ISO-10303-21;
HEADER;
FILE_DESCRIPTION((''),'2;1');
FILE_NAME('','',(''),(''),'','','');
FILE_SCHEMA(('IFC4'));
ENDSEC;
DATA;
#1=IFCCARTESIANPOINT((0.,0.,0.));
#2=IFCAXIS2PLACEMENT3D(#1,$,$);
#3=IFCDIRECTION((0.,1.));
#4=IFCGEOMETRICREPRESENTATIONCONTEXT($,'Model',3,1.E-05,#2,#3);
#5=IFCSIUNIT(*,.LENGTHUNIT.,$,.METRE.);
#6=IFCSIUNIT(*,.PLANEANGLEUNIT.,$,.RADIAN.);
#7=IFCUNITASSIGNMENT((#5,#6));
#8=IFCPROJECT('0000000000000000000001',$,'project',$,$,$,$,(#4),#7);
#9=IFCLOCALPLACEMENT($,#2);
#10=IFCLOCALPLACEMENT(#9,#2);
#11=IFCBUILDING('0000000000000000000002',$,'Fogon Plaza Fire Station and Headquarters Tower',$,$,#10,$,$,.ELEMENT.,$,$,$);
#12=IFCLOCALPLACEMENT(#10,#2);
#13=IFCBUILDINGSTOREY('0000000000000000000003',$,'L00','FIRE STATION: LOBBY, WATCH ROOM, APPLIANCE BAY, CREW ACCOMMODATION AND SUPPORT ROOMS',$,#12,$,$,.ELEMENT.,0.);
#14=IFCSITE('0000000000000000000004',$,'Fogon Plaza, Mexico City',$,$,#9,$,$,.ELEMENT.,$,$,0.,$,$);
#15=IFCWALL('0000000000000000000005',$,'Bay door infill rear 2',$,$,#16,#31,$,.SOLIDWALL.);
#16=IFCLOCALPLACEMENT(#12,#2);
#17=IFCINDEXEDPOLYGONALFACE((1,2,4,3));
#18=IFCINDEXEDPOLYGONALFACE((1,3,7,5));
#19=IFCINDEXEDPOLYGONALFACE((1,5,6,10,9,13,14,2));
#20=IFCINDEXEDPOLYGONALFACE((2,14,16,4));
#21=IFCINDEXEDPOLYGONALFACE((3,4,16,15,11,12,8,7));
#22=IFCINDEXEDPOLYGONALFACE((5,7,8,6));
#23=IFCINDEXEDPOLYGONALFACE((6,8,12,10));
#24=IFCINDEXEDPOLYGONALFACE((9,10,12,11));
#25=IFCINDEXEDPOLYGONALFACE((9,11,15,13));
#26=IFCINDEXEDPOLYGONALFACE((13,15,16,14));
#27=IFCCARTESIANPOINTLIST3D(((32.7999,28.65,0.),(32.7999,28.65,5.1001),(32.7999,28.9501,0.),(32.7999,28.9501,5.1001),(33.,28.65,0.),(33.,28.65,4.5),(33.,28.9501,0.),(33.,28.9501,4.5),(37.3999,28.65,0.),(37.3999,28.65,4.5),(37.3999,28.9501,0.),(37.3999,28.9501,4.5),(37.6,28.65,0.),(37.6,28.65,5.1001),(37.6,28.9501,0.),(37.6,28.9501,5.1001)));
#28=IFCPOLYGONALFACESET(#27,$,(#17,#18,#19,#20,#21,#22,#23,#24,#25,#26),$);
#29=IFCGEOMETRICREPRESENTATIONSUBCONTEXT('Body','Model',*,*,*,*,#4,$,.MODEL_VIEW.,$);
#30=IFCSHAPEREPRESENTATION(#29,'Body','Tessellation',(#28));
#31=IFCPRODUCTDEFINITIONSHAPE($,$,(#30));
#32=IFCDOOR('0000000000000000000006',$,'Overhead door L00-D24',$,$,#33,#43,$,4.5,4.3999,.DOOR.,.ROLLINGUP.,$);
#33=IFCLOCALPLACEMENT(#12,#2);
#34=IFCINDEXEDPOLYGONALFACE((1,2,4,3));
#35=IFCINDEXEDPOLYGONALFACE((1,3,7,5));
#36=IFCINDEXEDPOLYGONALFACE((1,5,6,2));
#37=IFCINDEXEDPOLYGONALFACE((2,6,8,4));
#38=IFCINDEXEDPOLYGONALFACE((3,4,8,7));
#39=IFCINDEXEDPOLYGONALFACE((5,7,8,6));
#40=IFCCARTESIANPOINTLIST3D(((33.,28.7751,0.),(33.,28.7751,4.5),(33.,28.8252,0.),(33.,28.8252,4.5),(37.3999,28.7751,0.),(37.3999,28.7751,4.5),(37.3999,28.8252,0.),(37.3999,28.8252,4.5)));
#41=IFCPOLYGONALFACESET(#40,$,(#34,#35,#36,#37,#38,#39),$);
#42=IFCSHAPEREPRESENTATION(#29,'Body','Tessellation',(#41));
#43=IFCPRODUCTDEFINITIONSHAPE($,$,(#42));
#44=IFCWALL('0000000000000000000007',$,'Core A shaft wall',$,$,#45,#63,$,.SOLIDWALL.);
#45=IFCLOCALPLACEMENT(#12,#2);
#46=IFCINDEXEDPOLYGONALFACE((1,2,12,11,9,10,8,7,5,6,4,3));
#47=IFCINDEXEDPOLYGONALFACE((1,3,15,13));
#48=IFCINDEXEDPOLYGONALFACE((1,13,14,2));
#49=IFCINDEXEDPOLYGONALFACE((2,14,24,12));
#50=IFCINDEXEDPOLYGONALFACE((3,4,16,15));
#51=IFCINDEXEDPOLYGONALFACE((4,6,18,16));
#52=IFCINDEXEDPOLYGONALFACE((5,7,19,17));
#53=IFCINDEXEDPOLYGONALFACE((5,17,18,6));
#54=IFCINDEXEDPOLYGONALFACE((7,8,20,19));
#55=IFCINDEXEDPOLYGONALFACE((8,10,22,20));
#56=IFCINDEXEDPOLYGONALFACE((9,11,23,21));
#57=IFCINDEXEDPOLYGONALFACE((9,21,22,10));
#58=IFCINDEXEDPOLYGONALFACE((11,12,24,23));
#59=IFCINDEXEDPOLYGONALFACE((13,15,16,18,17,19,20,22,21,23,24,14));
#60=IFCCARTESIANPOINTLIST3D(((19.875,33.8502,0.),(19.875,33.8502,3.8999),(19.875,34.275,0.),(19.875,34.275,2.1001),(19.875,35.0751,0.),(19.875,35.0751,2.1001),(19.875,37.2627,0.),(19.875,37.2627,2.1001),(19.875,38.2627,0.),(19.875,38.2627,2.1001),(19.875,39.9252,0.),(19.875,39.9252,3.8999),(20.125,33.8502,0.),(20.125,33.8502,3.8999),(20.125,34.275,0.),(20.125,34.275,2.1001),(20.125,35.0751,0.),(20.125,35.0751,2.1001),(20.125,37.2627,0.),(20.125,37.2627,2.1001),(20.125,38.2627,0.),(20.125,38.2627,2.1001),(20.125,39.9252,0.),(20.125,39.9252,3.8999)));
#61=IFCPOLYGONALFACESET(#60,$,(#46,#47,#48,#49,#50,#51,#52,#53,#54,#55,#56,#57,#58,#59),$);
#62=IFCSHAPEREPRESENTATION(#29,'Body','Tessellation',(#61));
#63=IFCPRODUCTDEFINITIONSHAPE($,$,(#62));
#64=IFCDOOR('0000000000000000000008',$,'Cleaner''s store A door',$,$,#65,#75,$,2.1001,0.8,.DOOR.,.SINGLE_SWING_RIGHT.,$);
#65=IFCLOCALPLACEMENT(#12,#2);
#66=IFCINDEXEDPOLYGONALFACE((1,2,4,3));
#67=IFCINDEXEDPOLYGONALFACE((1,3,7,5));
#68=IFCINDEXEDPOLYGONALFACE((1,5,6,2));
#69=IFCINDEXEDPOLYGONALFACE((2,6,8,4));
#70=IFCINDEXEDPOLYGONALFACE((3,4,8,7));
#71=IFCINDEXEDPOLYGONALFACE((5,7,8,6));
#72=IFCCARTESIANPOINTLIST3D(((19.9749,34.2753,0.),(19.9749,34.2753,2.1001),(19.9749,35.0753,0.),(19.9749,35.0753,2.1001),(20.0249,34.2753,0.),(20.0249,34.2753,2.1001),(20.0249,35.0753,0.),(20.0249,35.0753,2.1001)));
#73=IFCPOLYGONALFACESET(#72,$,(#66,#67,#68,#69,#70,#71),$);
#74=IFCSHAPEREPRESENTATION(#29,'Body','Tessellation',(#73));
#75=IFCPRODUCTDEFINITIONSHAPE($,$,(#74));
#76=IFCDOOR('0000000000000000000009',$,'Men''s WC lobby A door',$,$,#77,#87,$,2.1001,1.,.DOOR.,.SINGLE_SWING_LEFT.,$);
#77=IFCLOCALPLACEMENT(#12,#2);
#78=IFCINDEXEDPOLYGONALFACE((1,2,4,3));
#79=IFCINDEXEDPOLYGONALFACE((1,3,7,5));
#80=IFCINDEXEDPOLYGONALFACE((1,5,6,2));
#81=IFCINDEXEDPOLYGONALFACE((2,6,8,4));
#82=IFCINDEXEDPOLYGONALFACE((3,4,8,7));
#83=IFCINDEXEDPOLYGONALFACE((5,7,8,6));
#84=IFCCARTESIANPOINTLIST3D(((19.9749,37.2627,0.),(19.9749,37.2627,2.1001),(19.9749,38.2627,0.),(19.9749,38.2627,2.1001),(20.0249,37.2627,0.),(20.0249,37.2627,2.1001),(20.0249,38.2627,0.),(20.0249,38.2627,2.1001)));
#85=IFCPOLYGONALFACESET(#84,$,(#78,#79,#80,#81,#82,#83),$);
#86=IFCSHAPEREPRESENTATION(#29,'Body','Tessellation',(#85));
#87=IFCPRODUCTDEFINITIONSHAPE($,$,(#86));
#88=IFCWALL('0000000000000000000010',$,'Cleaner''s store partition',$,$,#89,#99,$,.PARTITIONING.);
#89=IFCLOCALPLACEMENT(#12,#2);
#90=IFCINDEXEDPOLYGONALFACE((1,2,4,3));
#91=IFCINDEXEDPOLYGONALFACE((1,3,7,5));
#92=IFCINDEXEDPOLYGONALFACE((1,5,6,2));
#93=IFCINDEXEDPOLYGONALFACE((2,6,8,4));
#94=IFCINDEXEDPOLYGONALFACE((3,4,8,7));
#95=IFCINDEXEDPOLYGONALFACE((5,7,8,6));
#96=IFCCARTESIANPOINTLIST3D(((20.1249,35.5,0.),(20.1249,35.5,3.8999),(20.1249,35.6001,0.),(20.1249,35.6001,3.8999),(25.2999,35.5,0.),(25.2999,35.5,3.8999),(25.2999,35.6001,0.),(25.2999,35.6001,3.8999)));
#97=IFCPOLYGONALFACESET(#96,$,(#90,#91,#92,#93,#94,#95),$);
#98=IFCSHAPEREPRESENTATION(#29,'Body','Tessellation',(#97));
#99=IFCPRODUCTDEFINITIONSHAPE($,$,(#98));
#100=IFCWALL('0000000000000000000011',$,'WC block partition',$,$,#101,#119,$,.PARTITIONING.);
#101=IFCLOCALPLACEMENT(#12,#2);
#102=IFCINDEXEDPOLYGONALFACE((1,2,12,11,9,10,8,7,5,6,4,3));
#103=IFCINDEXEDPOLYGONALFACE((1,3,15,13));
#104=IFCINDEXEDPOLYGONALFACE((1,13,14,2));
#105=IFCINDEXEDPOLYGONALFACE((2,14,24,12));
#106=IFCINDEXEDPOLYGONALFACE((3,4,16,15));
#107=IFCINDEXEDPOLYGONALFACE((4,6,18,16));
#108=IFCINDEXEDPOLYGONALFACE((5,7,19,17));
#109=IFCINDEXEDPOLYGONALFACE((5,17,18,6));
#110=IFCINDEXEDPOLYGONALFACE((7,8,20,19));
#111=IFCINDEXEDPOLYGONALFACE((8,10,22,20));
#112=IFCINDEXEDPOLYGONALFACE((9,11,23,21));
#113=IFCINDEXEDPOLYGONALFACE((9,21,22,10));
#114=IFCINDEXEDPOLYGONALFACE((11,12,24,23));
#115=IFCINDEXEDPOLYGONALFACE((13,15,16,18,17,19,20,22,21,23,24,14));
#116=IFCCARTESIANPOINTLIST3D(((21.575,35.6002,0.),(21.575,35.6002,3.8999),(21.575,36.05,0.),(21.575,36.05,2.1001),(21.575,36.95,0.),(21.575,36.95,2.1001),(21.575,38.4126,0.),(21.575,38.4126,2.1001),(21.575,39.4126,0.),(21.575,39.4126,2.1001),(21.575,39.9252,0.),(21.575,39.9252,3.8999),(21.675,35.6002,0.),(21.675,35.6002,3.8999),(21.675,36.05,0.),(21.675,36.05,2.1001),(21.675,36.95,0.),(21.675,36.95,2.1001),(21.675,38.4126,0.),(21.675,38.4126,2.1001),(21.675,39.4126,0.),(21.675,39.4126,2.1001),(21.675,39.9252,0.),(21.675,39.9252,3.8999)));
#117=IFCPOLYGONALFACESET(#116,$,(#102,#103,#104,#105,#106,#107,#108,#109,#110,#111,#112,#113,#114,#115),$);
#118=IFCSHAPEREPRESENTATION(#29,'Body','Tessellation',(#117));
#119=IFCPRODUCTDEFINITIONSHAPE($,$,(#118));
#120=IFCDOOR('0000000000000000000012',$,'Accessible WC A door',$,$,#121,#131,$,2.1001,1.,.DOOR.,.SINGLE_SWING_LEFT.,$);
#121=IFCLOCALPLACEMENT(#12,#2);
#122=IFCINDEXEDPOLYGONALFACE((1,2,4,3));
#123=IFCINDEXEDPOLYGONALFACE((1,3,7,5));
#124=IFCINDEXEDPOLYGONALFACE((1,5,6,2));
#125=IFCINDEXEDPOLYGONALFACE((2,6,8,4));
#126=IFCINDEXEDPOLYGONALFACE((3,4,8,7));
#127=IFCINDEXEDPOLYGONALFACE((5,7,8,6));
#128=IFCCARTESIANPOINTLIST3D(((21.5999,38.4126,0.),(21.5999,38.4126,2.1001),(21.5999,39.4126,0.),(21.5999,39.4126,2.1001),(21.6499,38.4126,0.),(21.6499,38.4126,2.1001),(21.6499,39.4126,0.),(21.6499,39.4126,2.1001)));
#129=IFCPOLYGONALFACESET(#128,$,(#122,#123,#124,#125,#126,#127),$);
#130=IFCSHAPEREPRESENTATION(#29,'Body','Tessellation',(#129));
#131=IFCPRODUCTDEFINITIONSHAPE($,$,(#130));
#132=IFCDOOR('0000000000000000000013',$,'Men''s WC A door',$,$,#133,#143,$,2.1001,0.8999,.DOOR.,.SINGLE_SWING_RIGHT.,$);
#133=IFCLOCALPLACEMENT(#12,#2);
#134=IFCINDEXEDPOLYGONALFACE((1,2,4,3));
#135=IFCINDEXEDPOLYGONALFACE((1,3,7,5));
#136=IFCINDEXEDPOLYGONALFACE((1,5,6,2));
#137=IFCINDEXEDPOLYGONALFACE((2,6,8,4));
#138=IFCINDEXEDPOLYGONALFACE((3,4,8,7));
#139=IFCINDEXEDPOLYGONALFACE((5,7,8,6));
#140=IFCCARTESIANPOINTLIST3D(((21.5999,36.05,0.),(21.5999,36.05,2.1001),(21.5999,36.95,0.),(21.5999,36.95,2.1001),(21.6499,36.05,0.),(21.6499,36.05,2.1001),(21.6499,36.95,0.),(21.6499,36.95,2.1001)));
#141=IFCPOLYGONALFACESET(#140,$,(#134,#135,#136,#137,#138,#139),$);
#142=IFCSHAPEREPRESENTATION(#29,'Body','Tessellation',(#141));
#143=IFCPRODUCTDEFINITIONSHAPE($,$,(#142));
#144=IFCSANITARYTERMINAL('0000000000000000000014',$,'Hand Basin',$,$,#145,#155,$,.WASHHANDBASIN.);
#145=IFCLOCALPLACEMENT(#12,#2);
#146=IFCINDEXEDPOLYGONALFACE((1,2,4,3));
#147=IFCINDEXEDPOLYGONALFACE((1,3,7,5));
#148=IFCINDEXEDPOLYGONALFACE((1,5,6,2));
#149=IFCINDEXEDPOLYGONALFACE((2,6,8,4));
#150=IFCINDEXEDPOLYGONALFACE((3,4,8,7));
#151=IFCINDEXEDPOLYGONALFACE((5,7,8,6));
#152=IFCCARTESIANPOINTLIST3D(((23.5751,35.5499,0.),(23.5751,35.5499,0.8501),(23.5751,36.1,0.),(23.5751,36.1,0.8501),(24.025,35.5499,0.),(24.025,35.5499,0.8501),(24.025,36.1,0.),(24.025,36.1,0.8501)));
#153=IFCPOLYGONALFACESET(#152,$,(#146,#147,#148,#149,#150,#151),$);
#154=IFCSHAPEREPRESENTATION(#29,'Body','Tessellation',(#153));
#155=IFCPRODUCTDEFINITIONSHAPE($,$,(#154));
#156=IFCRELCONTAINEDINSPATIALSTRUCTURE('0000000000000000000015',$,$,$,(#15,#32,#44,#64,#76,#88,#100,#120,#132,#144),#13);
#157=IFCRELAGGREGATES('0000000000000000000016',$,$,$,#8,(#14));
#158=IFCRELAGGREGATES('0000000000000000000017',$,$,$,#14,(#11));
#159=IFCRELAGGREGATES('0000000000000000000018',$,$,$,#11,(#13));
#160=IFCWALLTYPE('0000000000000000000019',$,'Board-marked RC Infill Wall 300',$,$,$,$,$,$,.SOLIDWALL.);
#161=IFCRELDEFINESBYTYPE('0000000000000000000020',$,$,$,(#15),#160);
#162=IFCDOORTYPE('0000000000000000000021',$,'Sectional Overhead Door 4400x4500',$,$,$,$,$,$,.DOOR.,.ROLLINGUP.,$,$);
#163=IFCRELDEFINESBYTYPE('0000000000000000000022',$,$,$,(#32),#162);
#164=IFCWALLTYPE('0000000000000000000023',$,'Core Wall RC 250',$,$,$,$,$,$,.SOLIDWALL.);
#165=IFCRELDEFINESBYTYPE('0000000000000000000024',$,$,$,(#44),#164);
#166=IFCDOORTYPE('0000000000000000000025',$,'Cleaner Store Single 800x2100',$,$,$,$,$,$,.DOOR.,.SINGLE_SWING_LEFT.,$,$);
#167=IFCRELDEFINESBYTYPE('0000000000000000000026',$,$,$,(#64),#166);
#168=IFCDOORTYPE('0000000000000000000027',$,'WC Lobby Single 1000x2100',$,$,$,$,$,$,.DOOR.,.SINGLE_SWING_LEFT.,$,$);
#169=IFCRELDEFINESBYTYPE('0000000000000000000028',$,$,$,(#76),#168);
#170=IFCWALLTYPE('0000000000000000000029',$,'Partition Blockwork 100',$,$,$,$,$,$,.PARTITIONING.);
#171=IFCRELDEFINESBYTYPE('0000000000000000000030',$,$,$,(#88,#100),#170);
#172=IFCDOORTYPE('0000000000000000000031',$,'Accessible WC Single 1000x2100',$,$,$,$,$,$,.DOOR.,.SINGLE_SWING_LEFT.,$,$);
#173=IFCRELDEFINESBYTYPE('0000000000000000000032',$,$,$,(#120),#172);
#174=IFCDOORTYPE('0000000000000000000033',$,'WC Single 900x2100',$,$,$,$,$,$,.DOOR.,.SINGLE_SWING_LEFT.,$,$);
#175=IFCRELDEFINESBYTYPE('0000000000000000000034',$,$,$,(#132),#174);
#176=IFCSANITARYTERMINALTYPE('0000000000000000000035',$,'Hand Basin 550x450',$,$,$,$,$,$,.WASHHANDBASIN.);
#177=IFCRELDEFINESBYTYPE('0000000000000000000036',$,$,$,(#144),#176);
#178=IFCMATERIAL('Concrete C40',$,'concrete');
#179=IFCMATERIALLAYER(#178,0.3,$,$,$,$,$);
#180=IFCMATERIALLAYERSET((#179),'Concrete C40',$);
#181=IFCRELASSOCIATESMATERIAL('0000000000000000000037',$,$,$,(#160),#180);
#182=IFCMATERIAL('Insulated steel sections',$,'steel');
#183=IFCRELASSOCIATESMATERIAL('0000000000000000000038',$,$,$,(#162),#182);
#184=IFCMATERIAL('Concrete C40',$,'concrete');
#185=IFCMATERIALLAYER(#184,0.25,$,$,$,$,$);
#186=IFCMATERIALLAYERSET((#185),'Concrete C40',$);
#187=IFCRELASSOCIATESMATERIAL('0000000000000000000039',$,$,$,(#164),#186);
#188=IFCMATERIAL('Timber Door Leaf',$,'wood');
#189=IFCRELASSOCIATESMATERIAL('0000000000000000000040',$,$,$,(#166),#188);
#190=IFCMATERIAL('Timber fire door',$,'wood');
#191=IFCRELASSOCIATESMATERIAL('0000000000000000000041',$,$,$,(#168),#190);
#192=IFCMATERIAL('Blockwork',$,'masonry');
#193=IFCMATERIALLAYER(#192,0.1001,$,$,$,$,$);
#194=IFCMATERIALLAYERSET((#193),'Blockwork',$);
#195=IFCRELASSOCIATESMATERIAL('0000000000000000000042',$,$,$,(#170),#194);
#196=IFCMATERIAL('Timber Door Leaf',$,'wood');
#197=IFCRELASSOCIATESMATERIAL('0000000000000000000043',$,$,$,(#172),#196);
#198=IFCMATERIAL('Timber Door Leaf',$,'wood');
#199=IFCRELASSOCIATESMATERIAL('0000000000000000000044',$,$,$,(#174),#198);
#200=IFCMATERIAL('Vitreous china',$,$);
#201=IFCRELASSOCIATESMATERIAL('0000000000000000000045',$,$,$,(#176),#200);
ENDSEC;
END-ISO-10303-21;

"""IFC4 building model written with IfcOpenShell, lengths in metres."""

from ifc_helpers import new_model, si_unit, direction, frame, frame_2d, origin, origin_2d, place, context, subcontext, project, spatial, rectangle, extrude, material, layer, layer_set, type_object, element, fill, save


model = new_model("IFC4")

# Units and contexts
model_context = context("Model", 3, precision=1e-05, world=origin(), true_north=direction((0.0, 1.0)))
body_context = subcontext(model_context, "Body", "Model", "MODEL_VIEW")
ifc_project = project(units=[si_unit("LENGTHUNIT", "METRE"), si_unit("PLANEANGLEUNIT", "RADIAN")], contexts=[model_context])

# Site, building, storey
site_placement = place(None, origin())
site = spatial("IfcSite", under=ifc_project, at=site_placement, Name="Fogon Plaza, Mexico City", CompositionType="ELEMENT", RefElevation=0.0)
building_placement = place(site_placement, origin())
building = spatial("IfcBuilding", under=site, at=building_placement, Name="Fogon Plaza Fire Station and Headquarters Tower", CompositionType="ELEMENT")
storey_placement = place(building_placement, origin())
storey = spatial("IfcBuildingStorey", under=building, at=storey_placement, Name="L00", Description="FIRE STATION: LOBBY, WATCH ROOM, APPLIANCE BAY, CREW ACCOMMODATION AND SUPPORT ROOMS", CompositionType="ELEMENT", Elevation=0.0)

# Wall, opening, door
ifc_material_1 = material(Name="Concrete C40", Category="concrete")
ifc_layer_1 = layer(ifc_material_1, 0.3)
ifc_layer_set_1 = layer_set([ifc_layer_1], Name="Concrete C40")
wall_type_1 = type_object("IfcWallType", Name="Board-marked RC Infill Wall 300", PredefinedType="SOLIDWALL", material=ifc_layer_set_1)
wall_1_placement = place(storey_placement, frame((32.8, 28.8, 0.0), z_axis=(0.0, 0.0, 1.0), x_axis=(1.0, 0.0, 0.0)))
wall_1 = element("IfcWall", 1, at=wall_1_placement, inside=storey, type_object=wall_type_1, Name="Bay door infill rear 2", PredefinedType="SOLIDWALL", context=body_context, shape_type="SweptSolid", body=[
    extrude(rectangle(XDim=4.8, YDim=0.3, at=frame_2d((2.3999, 0.0))), origin(), (0.0, 0.0, 1.0), 5.1001),
])
opening_1_placement = place(wall_1_placement, frame((0.2, 0.0, 0.0)))
opening_1 = element("IfcOpeningElement", 2, at=opening_1_placement, cuts=wall_1, PredefinedType="OPENING", context=body_context, shape_type="SweptSolid", body=[
    extrude(rectangle(XDim=4.3999, YDim=4.5, at=frame_2d((2.2, 2.25))), frame((0.0, 0.1599, 0.0), z_axis=(0.0, -1.0, 0.0), x_axis=(1.0, 0.0, 0.0)), (0.0, 0.0, 1.0), 0.3201),
])
ifc_material_2 = material(Name="Insulated steel sections", Category="steel")
door_type_1 = type_object("IfcDoorType", Name="Sectional Overhead Door 4400x4500", OperationType="ROLLINGUP", PredefinedType="DOOR", material=ifc_material_2)
door_1_placement = place(opening_1_placement, frame((4.3999, 0.0, 0.0), z_axis=(0.0, 0.0, 1.0), x_axis=(-1.0, 0.0, 0.0)))
door_1 = element("IfcDoor", 3, at=door_1_placement, inside=storey, type_object=door_type_1, Name="Overhead door L00-D24", OperationType="ROLLINGUP", OverallHeight=4.5, OverallWidth=4.3999, PredefinedType="DOOR", context=body_context, shape_type="SweptSolid", body=[
    extrude(rectangle(XDim=4.3999, YDim=4.5, at=frame_2d((2.2, 2.25))), frame((0.0, 0.0249, 0.0), z_axis=(0.0, -1.0, 0.0), x_axis=(1.0, 0.0, 0.0)), (0.0, 0.0, 1.0), 0.05),
])
fill(opening_1, door_1)

# Wall, openings, doors
ifc_material_3 = material(Name="Concrete C40", Category="concrete")
ifc_layer_2 = layer(ifc_material_3, 0.25)
ifc_layer_set_2 = layer_set([ifc_layer_2], Name="Concrete C40")
wall_type_2 = type_object("IfcWallType", Name="Core Wall RC 250", PredefinedType="SOLIDWALL", material=ifc_layer_set_2)
wall_2_placement = place(storey_placement, frame((20.0, 33.8501, 0.0), z_axis=(0.0, 0.0, 1.0), x_axis=(0.0, 1.0, 0.0)))
wall_2 = element("IfcWall", 4, at=wall_2_placement, inside=storey, type_object=wall_type_2, Name="Core A shaft wall", PredefinedType="SOLIDWALL", context=body_context, shape_type="SweptSolid", body=[
    extrude(rectangle(XDim=6.075, YDim=0.25, at=frame_2d((3.0376, 0.0))), origin(), (0.0, 0.0, 1.0), 3.8999),
])
opening_2_placement = place(wall_2_placement, frame((0.425, 0.0, 0.0)))
opening_2 = element("IfcOpeningElement", 5, at=opening_2_placement, cuts=wall_2, PredefinedType="OPENING", context=body_context, shape_type="SweptSolid", body=[
    extrude(rectangle(XDim=0.8, YDim=2.1001, at=frame_2d((0.3999, 1.05))), frame((0.0, 0.135, 0.0), z_axis=(0.0, -1.0, 0.0), x_axis=(1.0, 0.0, 0.0)), (0.0, 0.0, 1.0), 0.27),
])
opening_3_placement = place(wall_2_placement, frame((3.4126, 0.0, 0.0)))
opening_3 = element("IfcOpeningElement", 6, at=opening_3_placement, cuts=wall_2, PredefinedType="OPENING", context=body_context, shape_type="SweptSolid", body=[
    extrude(rectangle(XDim=1.0, YDim=2.1001, at=frame_2d((0.5, 1.05))), frame((0.0, 0.135, 0.0), z_axis=(0.0, -1.0, 0.0), x_axis=(1.0, 0.0, 0.0)), (0.0, 0.0, 1.0), 0.27),
])
ifc_material_4 = material(Name="Timber Door Leaf", Category="wood")
door_type_2 = type_object("IfcDoorType", Name="Cleaner Store Single 800x2100", OperationType="SINGLE_SWING_LEFT", PredefinedType="DOOR", material=ifc_material_4)
door_2_placement = place(opening_2_placement, frame((0.8, 0.0, 0.0), z_axis=(0.0, 0.0, 1.0), x_axis=(-1.0, 0.0, 0.0)))
door_2 = element("IfcDoor", 7, at=door_2_placement, inside=storey, type_object=door_type_2, Name="Cleaner's store A door", OperationType="SINGLE_SWING_RIGHT", OverallHeight=2.1001, OverallWidth=0.8, PredefinedType="DOOR", context=body_context, shape_type="SweptSolid", body=[
    extrude(rectangle(XDim=0.8, YDim=2.1001, at=frame_2d((0.3999, 1.05))), frame((0.0, 0.0249, 0.0), z_axis=(0.0, -1.0, 0.0), x_axis=(1.0, 0.0, 0.0)), (0.0, 0.0, 1.0), 0.05),
])
fill(opening_2, door_2)
ifc_material_5 = material(Name="Timber fire door", Category="wood")
door_type_3 = type_object("IfcDoorType", Name="WC Lobby Single 1000x2100", OperationType="SINGLE_SWING_LEFT", PredefinedType="DOOR", material=ifc_material_5)
door_3_placement = place(opening_3_placement, frame((1.0, 0.0, 0.0), z_axis=(0.0, 0.0, 1.0), x_axis=(-1.0, 0.0, 0.0)))
door_3 = element("IfcDoor", 8, at=door_3_placement, inside=storey, type_object=door_type_3, Name="Men's WC lobby A door", OperationType="SINGLE_SWING_LEFT", OverallHeight=2.1001, OverallWidth=1.0, PredefinedType="DOOR", context=body_context, shape_type="SweptSolid", body=[
    extrude(rectangle(XDim=1.0, YDim=2.1001, at=frame_2d((0.5, 1.05))), frame((0.0, 0.0249, 0.0), z_axis=(0.0, -1.0, 0.0), x_axis=(1.0, 0.0, 0.0)), (0.0, 0.0, 1.0), 0.05),
])
fill(opening_3, door_3)

# Wall
ifc_material_6 = material(Name="Blockwork", Category="masonry")
ifc_layer_3 = layer(ifc_material_6, 0.1001)
ifc_layer_set_3 = layer_set([ifc_layer_3], Name="Blockwork")
wall_type_3 = type_object("IfcWallType", Name="Partition Blockwork 100", PredefinedType="PARTITIONING", material=ifc_layer_set_3)
wall_3_placement = place(storey_placement, frame((20.125, 35.55, 0.0), z_axis=(0.0, 0.0, 1.0), x_axis=(1.0, 0.0, 0.0)))
element("IfcWall", 9, at=wall_3_placement, inside=storey, type_object=wall_type_3, Name="Cleaner's store partition", PredefinedType="PARTITIONING", context=body_context, shape_type="SweptSolid", body=[
    extrude(rectangle(XDim=5.175, YDim=0.1001, at=frame_2d((2.5874, 0.0))), origin(), (0.0, 0.0, 1.0), 3.8999),
])

# Wall, openings, doors
wall_4_placement = place(storey_placement, frame((21.625, 35.6001, 0.0), z_axis=(0.0, 0.0, 1.0), x_axis=(0.0, 1.0, 0.0)))
wall_4 = element("IfcWall", 10, at=wall_4_placement, inside=storey, type_object=wall_type_3, Name="WC block partition", PredefinedType="PARTITIONING", context=body_context, shape_type="SweptSolid", body=[
    extrude(rectangle(XDim=4.325, YDim=0.1001, at=frame_2d((2.1626, 0.0))), origin(), (0.0, 0.0, 1.0), 3.8999),
])
opening_4_placement = place(wall_4_placement, frame((0.45, 0.0, 0.0)))
opening_4 = element("IfcOpeningElement", 11, at=opening_4_placement, cuts=wall_4, PredefinedType="OPENING", context=body_context, shape_type="SweptSolid", body=[
    extrude(rectangle(XDim=0.8999, YDim=2.1001, at=frame_2d((0.45, 1.05))), frame((0.0, 0.0601, 0.0), z_axis=(0.0, -1.0, 0.0), x_axis=(1.0, 0.0, 0.0)), (0.0, 0.0, 1.0), 0.1201),
])
opening_5_placement = place(wall_4_placement, frame((2.8125, 0.0, 0.0)))
opening_5 = element("IfcOpeningElement", 12, at=opening_5_placement, cuts=wall_4, PredefinedType="OPENING", context=body_context, shape_type="SweptSolid", body=[
    extrude(rectangle(XDim=1.0, YDim=2.1001, at=frame_2d((0.5, 1.05))), frame((0.0, 0.0601, 0.0), z_axis=(0.0, -1.0, 0.0), x_axis=(1.0, 0.0, 0.0)), (0.0, 0.0, 1.0), 0.1201),
])
ifc_material_7 = material(Name="Timber Door Leaf", Category="wood")
door_type_4 = type_object("IfcDoorType", Name="Accessible WC Single 1000x2100", OperationType="SINGLE_SWING_LEFT", PredefinedType="DOOR", material=ifc_material_7)
door_4_placement = place(opening_5_placement, frame((1.0, 0.0, 0.0), z_axis=(0.0, 0.0, 1.0), x_axis=(-1.0, 0.0, 0.0)))
door_4 = element("IfcDoor", 13, at=door_4_placement, inside=storey, type_object=door_type_4, Name="Accessible WC A door", OperationType="SINGLE_SWING_LEFT", OverallHeight=2.1001, OverallWidth=1.0, PredefinedType="DOOR", context=body_context, shape_type="SweptSolid", body=[
    extrude(rectangle(XDim=1.0, YDim=2.1001, at=frame_2d((0.5, 1.05))), frame((0.0, 0.0249, 0.0), z_axis=(0.0, -1.0, 0.0), x_axis=(1.0, 0.0, 0.0)), (0.0, 0.0, 1.0), 0.05),
])
fill(opening_5, door_4)
ifc_material_8 = material(Name="Timber Door Leaf", Category="wood")
door_type_5 = type_object("IfcDoorType", Name="WC Single 900x2100", OperationType="SINGLE_SWING_LEFT", PredefinedType="DOOR", material=ifc_material_8)
door_5_placement = place(opening_4_placement, frame((0.8999, 0.0, 0.0), z_axis=(0.0, 0.0, 1.0), x_axis=(-1.0, 0.0, 0.0)))
door_5 = element("IfcDoor", 14, at=door_5_placement, inside=storey, type_object=door_type_5, Name="Men's WC A door", OperationType="SINGLE_SWING_RIGHT", OverallHeight=2.1001, OverallWidth=0.8999, PredefinedType="DOOR", context=body_context, shape_type="SweptSolid", body=[
    extrude(rectangle(XDim=0.8999, YDim=2.1001, at=frame_2d((0.45, 1.05))), frame((0.0, 0.0249, 0.0), z_axis=(0.0, -1.0, 0.0), x_axis=(1.0, 0.0, 0.0)), (0.0, 0.0, 1.0), 0.05),
])
fill(opening_4, door_5)

# Sanitary terminal
ifc_material_9 = material(Name="Vitreous china")
sanitary_terminal_type_1 = type_object("IfcSanitaryTerminalType", Name="Hand Basin 550x450", PredefinedType="WASHHANDBASIN", material=ifc_material_9)
for number, where, z_axis, x_axis, name in (
    (15, (23.8, 35.825, 0.0), (0.0, 0.0, 1.0), (1.0, 0.0, 0.0), "Hand Basin"),
):
    element("IfcSanitaryTerminal", number, at=place(storey_placement, frame(where, z_axis=z_axis, x_axis=x_axis)), inside=storey, type_object=sanitary_terminal_type_1, Name=name, PredefinedType="WASHHANDBASIN", context=body_context, shape_type="SweptSolid", body=[
        extrude(rectangle(XDim=0.45, YDim=0.55, at=origin_2d()), origin(), (0.0, 0.0, 1.0), 0.8501),
    ])

save(model, "model.ifc")
